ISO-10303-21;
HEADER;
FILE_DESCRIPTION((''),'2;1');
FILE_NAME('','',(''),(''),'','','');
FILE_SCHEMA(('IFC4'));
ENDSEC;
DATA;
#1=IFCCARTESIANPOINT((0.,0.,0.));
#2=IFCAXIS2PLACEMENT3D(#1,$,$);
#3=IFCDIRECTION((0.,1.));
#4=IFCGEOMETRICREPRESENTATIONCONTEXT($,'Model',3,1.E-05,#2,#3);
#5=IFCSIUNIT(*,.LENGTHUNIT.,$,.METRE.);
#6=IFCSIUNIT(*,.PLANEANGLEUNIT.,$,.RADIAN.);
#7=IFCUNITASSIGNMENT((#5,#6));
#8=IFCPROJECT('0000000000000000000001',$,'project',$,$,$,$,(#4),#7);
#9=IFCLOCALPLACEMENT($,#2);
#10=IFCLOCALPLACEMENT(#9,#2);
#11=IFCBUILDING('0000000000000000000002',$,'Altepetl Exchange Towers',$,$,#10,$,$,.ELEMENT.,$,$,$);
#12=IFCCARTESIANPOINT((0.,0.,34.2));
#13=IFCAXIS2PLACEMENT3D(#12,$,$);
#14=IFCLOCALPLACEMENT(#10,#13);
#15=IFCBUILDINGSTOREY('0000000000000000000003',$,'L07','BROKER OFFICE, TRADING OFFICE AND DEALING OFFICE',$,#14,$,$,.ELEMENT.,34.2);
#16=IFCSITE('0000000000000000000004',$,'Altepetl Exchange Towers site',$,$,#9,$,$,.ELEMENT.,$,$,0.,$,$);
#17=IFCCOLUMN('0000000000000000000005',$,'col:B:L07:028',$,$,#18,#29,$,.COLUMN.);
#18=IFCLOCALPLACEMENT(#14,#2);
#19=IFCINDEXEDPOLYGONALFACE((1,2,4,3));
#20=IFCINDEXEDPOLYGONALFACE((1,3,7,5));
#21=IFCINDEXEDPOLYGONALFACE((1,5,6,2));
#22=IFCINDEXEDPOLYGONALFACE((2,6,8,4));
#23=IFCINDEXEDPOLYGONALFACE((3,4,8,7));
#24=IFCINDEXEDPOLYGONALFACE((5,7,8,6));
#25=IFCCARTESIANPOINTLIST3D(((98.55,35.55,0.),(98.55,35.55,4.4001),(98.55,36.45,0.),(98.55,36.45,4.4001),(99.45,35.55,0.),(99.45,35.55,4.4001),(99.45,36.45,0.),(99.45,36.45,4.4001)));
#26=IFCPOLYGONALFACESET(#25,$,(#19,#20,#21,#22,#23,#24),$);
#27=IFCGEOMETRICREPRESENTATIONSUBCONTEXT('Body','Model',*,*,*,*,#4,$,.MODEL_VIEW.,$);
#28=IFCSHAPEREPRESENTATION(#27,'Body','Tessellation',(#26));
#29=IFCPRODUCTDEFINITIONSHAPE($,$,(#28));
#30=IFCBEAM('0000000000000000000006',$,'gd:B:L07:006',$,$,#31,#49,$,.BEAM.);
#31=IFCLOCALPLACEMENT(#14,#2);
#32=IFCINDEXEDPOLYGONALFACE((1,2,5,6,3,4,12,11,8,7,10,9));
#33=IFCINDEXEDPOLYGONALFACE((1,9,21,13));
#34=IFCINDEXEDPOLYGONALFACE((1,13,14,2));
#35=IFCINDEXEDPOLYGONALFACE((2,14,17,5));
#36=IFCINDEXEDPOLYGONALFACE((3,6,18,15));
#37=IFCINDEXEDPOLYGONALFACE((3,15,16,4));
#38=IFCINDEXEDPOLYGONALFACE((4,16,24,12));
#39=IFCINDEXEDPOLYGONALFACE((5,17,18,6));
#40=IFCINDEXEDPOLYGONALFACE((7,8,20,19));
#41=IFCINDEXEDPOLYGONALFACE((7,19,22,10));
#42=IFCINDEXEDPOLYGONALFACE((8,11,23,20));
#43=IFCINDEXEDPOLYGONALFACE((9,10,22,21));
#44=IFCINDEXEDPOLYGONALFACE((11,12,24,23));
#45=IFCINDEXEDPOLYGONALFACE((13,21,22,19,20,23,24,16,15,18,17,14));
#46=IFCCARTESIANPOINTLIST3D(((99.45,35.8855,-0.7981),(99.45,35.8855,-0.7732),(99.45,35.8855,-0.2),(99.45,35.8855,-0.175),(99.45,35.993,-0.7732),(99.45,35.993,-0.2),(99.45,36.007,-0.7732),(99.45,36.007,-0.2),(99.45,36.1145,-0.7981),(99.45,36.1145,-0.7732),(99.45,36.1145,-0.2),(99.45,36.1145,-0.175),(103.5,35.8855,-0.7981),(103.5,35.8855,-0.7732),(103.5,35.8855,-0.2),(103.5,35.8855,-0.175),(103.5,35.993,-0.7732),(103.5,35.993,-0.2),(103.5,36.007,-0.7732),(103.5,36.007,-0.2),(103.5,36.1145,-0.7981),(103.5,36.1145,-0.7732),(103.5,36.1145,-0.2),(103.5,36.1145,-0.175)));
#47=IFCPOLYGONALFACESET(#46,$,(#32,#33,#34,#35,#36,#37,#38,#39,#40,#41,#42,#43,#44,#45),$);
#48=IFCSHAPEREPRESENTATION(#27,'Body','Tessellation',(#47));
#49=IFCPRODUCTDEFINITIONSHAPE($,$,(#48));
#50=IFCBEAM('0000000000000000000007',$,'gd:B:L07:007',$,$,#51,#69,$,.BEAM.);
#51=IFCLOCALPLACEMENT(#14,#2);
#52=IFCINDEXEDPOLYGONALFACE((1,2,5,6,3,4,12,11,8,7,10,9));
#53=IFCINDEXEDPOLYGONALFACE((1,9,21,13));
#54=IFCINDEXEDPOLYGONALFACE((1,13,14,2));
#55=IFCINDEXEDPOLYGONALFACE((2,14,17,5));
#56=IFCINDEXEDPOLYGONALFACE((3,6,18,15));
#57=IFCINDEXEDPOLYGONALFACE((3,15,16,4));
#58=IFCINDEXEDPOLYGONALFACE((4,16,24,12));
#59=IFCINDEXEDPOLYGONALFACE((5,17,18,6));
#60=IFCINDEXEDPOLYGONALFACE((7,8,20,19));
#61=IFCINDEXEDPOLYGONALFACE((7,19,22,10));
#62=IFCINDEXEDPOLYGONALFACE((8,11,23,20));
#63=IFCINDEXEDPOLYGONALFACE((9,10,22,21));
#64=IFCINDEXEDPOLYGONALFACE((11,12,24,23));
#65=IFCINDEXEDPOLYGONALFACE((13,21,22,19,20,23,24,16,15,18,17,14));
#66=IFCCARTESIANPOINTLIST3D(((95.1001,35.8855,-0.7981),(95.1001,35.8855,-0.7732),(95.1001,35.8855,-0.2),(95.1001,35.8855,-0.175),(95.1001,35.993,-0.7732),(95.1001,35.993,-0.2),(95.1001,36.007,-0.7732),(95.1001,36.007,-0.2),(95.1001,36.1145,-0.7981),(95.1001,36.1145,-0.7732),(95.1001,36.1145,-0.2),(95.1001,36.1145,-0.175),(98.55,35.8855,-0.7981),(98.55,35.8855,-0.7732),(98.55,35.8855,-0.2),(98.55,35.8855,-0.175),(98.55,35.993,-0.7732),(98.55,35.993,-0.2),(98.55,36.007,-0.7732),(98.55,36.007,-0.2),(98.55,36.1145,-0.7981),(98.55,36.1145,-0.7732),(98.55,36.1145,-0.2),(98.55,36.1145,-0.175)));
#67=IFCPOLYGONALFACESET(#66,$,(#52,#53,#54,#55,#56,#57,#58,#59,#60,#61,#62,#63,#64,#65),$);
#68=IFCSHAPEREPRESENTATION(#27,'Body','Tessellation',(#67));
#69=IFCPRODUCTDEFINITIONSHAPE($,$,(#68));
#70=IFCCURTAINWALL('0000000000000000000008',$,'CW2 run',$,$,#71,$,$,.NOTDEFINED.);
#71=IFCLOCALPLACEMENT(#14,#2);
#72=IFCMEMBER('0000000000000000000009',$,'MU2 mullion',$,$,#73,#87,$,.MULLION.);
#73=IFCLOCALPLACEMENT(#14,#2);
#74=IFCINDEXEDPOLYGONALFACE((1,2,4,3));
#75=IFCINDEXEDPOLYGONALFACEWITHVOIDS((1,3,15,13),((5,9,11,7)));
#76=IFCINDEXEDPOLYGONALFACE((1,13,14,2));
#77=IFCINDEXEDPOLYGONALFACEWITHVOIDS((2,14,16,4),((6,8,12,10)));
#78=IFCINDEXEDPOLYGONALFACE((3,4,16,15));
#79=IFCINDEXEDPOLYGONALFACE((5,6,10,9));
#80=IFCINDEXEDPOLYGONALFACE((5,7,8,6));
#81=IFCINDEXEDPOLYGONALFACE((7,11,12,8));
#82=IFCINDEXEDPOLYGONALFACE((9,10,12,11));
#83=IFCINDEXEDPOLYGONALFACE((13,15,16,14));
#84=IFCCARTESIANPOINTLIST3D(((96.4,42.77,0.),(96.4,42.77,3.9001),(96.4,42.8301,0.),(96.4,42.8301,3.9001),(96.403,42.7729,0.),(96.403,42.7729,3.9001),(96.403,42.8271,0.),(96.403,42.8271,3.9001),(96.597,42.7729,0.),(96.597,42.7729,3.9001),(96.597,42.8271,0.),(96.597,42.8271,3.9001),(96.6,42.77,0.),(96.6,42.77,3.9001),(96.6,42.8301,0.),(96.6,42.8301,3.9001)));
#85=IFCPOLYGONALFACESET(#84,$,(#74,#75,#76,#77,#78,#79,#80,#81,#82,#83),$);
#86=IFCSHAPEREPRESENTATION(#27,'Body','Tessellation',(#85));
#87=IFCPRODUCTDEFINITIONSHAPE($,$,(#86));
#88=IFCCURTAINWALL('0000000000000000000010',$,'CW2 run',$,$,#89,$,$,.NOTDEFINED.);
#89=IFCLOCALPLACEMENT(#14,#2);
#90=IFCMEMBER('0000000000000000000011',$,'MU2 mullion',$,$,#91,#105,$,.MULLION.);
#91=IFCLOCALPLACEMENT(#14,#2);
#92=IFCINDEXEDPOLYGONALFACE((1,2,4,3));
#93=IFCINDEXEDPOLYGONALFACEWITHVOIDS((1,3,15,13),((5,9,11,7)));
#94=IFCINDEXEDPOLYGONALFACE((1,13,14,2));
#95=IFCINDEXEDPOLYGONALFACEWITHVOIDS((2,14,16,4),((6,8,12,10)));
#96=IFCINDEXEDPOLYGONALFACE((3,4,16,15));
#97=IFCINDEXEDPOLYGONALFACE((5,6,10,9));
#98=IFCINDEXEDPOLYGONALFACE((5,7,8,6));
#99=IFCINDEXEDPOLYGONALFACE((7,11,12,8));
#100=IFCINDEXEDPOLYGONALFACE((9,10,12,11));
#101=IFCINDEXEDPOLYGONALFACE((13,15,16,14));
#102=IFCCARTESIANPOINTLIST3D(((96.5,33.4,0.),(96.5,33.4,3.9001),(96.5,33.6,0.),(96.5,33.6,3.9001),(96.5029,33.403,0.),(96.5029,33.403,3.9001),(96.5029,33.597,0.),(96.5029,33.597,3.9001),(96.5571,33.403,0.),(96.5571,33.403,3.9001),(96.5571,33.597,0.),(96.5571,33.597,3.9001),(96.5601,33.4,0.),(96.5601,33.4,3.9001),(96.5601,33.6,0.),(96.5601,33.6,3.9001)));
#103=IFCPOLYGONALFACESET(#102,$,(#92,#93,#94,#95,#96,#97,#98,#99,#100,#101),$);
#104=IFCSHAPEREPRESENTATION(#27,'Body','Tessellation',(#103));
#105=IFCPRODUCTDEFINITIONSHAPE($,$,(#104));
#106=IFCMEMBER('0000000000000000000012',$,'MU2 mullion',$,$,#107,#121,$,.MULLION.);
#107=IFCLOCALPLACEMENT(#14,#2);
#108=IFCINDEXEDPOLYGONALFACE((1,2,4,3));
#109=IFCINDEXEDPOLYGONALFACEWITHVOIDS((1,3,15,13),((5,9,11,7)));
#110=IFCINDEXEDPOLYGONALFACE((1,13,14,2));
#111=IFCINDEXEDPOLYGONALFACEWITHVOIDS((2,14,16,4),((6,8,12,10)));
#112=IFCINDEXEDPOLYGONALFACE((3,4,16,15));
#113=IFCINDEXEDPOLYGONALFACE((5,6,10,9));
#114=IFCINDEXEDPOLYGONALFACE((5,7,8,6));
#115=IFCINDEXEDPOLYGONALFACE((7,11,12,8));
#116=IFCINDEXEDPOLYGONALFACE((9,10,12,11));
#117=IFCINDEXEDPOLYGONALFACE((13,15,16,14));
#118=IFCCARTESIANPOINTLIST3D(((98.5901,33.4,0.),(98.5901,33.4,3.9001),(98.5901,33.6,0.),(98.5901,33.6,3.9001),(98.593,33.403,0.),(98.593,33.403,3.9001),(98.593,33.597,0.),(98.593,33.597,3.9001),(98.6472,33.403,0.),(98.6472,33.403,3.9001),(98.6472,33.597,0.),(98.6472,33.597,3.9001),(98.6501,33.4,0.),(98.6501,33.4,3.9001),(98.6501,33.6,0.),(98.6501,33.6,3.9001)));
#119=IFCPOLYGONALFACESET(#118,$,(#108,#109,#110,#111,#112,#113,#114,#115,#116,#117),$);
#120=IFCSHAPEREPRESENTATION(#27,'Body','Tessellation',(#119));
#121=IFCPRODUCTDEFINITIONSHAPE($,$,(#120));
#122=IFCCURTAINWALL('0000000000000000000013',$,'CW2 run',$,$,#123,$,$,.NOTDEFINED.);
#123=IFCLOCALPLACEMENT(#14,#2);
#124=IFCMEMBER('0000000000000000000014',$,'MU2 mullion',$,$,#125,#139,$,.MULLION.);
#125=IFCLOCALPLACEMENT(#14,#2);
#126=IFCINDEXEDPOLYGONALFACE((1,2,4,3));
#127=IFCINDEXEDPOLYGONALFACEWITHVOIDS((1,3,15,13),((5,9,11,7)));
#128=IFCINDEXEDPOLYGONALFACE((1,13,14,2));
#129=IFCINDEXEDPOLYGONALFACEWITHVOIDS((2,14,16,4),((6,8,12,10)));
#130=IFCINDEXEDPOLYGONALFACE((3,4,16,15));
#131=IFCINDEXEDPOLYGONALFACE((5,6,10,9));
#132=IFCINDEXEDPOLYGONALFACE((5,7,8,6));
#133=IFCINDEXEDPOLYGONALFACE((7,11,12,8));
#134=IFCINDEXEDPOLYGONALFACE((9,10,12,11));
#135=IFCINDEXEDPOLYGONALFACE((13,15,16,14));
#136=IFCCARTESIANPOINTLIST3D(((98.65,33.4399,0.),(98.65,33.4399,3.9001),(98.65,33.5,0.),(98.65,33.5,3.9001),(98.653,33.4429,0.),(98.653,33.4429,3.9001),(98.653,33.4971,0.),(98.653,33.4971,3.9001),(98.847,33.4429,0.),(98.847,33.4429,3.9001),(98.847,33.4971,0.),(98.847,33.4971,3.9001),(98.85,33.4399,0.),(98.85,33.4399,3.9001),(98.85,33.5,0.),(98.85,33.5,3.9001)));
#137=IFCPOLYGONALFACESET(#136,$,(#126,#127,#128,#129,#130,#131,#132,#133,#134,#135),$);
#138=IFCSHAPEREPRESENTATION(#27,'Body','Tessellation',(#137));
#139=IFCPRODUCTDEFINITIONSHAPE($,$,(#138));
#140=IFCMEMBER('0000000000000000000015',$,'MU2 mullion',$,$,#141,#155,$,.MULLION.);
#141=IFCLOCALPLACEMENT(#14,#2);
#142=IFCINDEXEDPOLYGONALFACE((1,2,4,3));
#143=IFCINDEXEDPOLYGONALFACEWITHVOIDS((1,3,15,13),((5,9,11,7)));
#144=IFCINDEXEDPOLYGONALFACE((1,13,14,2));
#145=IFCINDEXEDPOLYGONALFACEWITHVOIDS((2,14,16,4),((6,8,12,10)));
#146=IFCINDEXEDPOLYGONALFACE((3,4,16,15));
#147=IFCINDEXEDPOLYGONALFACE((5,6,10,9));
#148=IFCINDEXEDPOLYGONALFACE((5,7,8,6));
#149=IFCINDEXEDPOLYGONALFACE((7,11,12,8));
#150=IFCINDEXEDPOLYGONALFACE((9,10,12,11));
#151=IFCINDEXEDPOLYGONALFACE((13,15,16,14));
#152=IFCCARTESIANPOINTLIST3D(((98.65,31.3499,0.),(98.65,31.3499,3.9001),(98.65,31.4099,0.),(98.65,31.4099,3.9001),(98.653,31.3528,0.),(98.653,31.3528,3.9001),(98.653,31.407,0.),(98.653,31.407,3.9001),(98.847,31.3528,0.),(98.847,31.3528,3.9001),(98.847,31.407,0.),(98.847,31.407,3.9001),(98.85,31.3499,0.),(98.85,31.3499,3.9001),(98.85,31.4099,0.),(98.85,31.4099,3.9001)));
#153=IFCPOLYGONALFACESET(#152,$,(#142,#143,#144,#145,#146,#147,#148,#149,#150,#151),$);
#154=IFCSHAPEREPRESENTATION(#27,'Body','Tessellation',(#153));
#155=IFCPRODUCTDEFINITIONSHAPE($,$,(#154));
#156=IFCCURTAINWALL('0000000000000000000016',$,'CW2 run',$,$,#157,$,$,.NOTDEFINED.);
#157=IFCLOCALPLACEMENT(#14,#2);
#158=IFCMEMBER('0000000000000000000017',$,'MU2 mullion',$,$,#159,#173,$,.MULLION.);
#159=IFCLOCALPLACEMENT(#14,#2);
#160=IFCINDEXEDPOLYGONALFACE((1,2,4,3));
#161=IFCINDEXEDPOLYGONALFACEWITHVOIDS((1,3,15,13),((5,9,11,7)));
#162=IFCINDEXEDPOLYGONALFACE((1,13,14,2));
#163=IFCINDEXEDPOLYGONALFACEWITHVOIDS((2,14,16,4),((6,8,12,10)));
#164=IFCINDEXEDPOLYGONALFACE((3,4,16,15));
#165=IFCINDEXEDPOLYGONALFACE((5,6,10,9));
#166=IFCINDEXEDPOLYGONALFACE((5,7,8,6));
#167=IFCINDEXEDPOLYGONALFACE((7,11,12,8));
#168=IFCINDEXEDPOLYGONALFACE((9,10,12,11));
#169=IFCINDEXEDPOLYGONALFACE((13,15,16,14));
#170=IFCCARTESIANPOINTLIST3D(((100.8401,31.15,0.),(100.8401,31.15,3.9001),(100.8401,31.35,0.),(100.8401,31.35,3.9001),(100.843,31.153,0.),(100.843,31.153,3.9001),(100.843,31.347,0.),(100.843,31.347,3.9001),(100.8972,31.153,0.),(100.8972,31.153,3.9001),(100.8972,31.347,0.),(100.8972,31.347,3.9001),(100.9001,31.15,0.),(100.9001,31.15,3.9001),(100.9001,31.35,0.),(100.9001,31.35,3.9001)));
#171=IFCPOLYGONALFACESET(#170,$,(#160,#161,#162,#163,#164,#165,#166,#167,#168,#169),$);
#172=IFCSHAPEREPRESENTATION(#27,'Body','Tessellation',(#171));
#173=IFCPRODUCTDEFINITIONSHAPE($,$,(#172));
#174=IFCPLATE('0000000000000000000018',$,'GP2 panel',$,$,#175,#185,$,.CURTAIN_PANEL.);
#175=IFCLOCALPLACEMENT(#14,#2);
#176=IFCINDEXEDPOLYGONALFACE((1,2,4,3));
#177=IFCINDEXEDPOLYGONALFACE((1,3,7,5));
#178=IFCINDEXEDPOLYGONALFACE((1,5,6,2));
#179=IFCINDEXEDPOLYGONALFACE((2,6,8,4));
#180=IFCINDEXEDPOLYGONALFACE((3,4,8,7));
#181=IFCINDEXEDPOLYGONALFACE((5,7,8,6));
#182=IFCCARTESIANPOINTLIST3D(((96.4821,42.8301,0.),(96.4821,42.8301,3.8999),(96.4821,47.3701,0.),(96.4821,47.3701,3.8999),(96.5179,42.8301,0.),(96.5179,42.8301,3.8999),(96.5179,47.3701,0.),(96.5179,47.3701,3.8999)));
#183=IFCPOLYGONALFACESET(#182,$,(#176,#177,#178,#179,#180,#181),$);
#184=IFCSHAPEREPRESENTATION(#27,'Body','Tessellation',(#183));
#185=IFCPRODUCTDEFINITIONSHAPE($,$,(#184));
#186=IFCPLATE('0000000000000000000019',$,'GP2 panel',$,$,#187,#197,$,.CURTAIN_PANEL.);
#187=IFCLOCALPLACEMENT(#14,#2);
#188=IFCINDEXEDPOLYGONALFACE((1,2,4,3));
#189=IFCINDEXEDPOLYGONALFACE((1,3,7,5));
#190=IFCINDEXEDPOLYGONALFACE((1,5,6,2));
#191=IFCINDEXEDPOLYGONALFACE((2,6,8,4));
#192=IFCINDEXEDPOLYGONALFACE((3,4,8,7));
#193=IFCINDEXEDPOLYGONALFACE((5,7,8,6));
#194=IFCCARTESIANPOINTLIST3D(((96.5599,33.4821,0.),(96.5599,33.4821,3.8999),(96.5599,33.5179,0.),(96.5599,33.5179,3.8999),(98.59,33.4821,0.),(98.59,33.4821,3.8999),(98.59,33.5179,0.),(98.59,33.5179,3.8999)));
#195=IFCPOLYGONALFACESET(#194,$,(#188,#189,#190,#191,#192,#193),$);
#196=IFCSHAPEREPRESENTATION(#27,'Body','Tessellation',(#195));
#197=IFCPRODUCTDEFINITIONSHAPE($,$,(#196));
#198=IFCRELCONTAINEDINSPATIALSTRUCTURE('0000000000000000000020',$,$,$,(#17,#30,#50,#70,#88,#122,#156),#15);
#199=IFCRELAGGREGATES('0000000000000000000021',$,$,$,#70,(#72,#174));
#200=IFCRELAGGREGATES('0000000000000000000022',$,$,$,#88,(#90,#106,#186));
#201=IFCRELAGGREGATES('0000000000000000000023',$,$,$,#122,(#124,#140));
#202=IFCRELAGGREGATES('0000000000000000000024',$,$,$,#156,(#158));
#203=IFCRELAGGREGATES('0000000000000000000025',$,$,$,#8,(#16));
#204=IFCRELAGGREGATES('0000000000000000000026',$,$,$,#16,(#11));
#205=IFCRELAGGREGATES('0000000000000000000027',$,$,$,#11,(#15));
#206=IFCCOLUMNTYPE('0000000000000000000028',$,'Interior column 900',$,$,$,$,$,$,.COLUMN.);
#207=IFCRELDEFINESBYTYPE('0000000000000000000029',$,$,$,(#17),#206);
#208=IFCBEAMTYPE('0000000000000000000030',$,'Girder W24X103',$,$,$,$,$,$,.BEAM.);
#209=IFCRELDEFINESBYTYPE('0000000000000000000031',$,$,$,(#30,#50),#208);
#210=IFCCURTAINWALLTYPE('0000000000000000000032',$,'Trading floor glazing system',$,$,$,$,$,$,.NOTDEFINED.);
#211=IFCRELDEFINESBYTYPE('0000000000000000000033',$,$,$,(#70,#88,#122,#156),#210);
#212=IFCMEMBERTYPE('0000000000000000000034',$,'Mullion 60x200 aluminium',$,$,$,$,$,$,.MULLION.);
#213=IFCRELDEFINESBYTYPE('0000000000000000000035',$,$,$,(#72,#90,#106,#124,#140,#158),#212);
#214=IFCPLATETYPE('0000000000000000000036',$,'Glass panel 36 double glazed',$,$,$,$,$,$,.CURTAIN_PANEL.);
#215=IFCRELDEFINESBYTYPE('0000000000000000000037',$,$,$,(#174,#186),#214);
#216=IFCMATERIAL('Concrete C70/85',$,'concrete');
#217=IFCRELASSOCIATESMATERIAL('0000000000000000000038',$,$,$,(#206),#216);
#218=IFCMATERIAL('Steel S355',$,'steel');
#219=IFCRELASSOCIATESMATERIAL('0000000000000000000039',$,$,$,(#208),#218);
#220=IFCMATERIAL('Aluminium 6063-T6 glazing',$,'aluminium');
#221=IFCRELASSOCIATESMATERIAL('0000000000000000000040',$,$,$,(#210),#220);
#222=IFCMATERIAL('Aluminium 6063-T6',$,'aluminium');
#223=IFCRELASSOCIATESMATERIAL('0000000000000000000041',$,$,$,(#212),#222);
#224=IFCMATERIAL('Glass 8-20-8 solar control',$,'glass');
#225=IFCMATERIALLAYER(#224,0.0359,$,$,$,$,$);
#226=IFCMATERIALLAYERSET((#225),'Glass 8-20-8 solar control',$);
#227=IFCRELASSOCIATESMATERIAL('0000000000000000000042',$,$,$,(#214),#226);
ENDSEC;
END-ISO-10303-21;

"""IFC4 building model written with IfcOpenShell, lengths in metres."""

from ifc_helpers import new_model, si_unit, direction, frame, origin, origin_2d, place, context, subcontext, project, spatial, rectangle, hollow_rectangle, i_section, extrude, material, layer, layer_set, material_profile, profile_set, type_object, element, aggregate, save


model = new_model("IFC4")

# Units and contexts
model_context = context("Model", 3, precision=1e-05, world=origin(), true_north=direction((0.0, 1.0)))
body_context = subcontext(model_context, "Body", "Model", "MODEL_VIEW")
ifc_project = project(units=[si_unit("LENGTHUNIT", "METRE"), si_unit("PLANEANGLEUNIT", "RADIAN")], contexts=[model_context])

# Site, building, storey
site_placement = place(None, origin())
site = spatial("IfcSite", under=ifc_project, at=site_placement, Name="Altepetl Exchange Towers site", CompositionType="ELEMENT", RefElevation=0.0)
building_placement = place(site_placement, origin())
building = spatial("IfcBuilding", under=site, at=building_placement, Name="Altepetl Exchange Towers", CompositionType="ELEMENT")
storey_placement = place(building_placement, frame((0.0, 0.0, 34.2)))
storey = spatial("IfcBuildingStorey", under=building, at=storey_placement, Name="L07", Description="BROKER OFFICE, TRADING OFFICE AND DEALING OFFICE", CompositionType="ELEMENT", Elevation=34.2)

# Column
ifc_material_1 = material(Name="Concrete C70/85", Category="concrete")
ifc_material_profile_1 = material_profile(ifc_material_1, rectangle(XDim=0.8999, YDim=0.8999, at=origin_2d()), Name="900 x 900")
ifc_profile_set_1 = profile_set([ifc_material_profile_1], Name="Concrete C70/85")
column_type = type_object("IfcColumnType", Name="Interior column 900", PredefinedType="COLUMN", material=ifc_profile_set_1)
column_placement = place(storey_placement, frame((99.0, 36.0, 0.0)))
element("IfcColumn", 1, at=column_placement, inside=storey, type_object=column_type, Name="col:B:L07:028", PredefinedType="COLUMN", context=body_context, shape_type="SweptSolid", body=[
    extrude(rectangle(XDim=0.8999, YDim=0.8999, at=origin_2d()), origin(), (0.0, 0.0, 1.0), 4.4001),
])

# Beams
ifc_material_2 = material(Name="Steel S355", Category="steel")
ifc_material_profile_2 = material_profile(ifc_material_2, i_section(OverallWidth=0.229, OverallDepth=0.623, WebThickness=0.0139, FlangeThickness=0.0249, at=origin_2d()), Name="W24X103")
ifc_profile_set_2 = profile_set([ifc_material_profile_2], Name="Steel S355")
beam_type = type_object("IfcBeamType", Name="Girder W24X103", PredefinedType="BEAM", material=ifc_profile_set_2)
beam_1_placement = place(storey_placement, frame((103.5, 36.0, -0.4866), z_axis=(-1.0, 0.0, 0.0), x_axis=(0.0, -1.0, 0.0)))
element("IfcBeam", 2, at=beam_1_placement, inside=storey, type_object=beam_type, Name="gd:B:L07:006", PredefinedType="BEAM", context=body_context, shape_type="SweptSolid", body=[
    extrude(i_section(OverallWidth=0.229, OverallDepth=0.623, WebThickness=0.0139, FlangeThickness=0.0249, at=origin_2d()), origin(), (0.0, 0.0, 1.0), 4.05),
])
beam_2_placement = place(storey_placement, frame((98.55, 36.0, -0.4866), z_axis=(-1.0, 0.0, 0.0), x_axis=(0.0, -1.0, 0.0)))
element("IfcBeam", 3, at=beam_2_placement, inside=storey, type_object=beam_type, Name="gd:B:L07:007", PredefinedType="BEAM", context=body_context, shape_type="SweptSolid", body=[
    extrude(i_section(OverallWidth=0.229, OverallDepth=0.623, WebThickness=0.0139, FlangeThickness=0.0249, at=origin_2d()), origin(), (0.0, 0.0, 1.0), 3.45),
])

# Curtain wall, member
ifc_material_3 = material(Name="Aluminium 6063-T6 glazing", Category="aluminium")
curtain_wall_type = type_object("IfcCurtainWallType", Name="Trading floor glazing system", PredefinedType="NOTDEFINED", material=ifc_material_3)
curtain_wall_1_placement = place(storey_placement, origin())
curtain_wall_1 = element("IfcCurtainWall", 4, at=curtain_wall_1_placement, inside=storey, type_object=curtain_wall_type, Name="CW2 run", PredefinedType="NOTDEFINED")
ifc_material_4 = material(Name="Aluminium 6063-T6", Category="aluminium")
ifc_material_profile_3 = material_profile(ifc_material_4, hollow_rectangle(XDim=0.0601, YDim=0.2, WallThickness=0.0029, at=origin_2d()), Name="Mullion 60x200 aluminium")
ifc_profile_set_3 = profile_set([ifc_material_profile_3], Name="Aluminium 6063-T6")
member_type = type_object("IfcMemberType", Name="Mullion 60x200 aluminium", PredefinedType="MULLION", material=ifc_profile_set_3)
member_1_placement = place(storey_placement, frame((96.5, 42.8, 0.0), z_axis=(0.0, 0.0, 1.0), x_axis=(0.0, -1.0, 0.0)))
member_1 = element("IfcMember", 5, at=member_1_placement, type_object=member_type, Name="MU2 mullion", PredefinedType="MULLION", context=body_context, shape_type="SweptSolid", body=[
    extrude(hollow_rectangle(XDim=0.0601, YDim=0.2, WallThickness=0.0029, at=origin_2d()), origin(), (0.0, 0.0, 1.0), 3.9001),
])

# Curtain walls, members
curtain_wall_2_placement = place(storey_placement, origin())
curtain_wall_2 = element("IfcCurtainWall", 6, at=curtain_wall_2_placement, inside=storey, type_object=curtain_wall_type, Name="CW2 run", PredefinedType="NOTDEFINED")
member_2_placement = place(storey_placement, frame((96.53, 33.5, 0.0)))
member_2 = element("IfcMember", 7, at=member_2_placement, type_object=member_type, Name="MU2 mullion", PredefinedType="MULLION", context=body_context, shape_type="SweptSolid", body=[
    extrude(hollow_rectangle(XDim=0.0601, YDim=0.2, WallThickness=0.0029, at=origin_2d()), origin(), (0.0, 0.0, 1.0), 3.9001),
])
member_3_placement = place(storey_placement, frame((98.6201, 33.5, 0.0)))
member_3 = element("IfcMember", 8, at=member_3_placement, type_object=member_type, Name="MU2 mullion", PredefinedType="MULLION", context=body_context, shape_type="SweptSolid", body=[
    extrude(hollow_rectangle(XDim=0.0601, YDim=0.2, WallThickness=0.0029, at=origin_2d()), origin(), (0.0, 0.0, 1.0), 3.9001),
])
curtain_wall_3_placement = place(storey_placement, origin())
curtain_wall_3 = element("IfcCurtainWall", 9, at=curtain_wall_3_placement, inside=storey, type_object=curtain_wall_type, Name="CW2 run", PredefinedType="NOTDEFINED")
member_4_placement = place(storey_placement, frame((98.75, 33.47, 0.0), z_axis=(0.0, 0.0, 1.0), x_axis=(0.0, -1.0, 0.0)))
member_4 = element("IfcMember", 10, at=member_4_placement, type_object=member_type, Name="MU2 mullion", PredefinedType="MULLION", context=body_context, shape_type="SweptSolid", body=[
    extrude(hollow_rectangle(XDim=0.0601, YDim=0.2, WallThickness=0.0029, at=origin_2d()), origin(), (0.0, 0.0, 1.0), 3.9001),
])
member_5_placement = place(storey_placement, frame((98.75, 31.3799, 0.0), z_axis=(0.0, 0.0, 1.0), x_axis=(0.0, -1.0, 0.0)))
member_5 = element("IfcMember", 11, at=member_5_placement, type_object=member_type, Name="MU2 mullion", PredefinedType="MULLION", context=body_context, shape_type="SweptSolid", body=[
    extrude(hollow_rectangle(XDim=0.0601, YDim=0.2, WallThickness=0.0029, at=origin_2d()), origin(), (0.0, 0.0, 1.0), 3.9001),
])

# Curtain wall, member
curtain_wall_4_placement = place(storey_placement, origin())
curtain_wall_4 = element("IfcCurtainWall", 12, at=curtain_wall_4_placement, inside=storey, type_object=curtain_wall_type, Name="CW2 run", PredefinedType="NOTDEFINED")
member_6_placement = place(storey_placement, frame((100.8701, 31.25, 0.0)))
member_6 = element("IfcMember", 13, at=member_6_placement, type_object=member_type, Name="MU2 mullion", PredefinedType="MULLION", context=body_context, shape_type="SweptSolid", body=[
    extrude(hollow_rectangle(XDim=0.0601, YDim=0.2, WallThickness=0.0029, at=origin_2d()), origin(), (0.0, 0.0, 1.0), 3.9001),
])

# Plates
ifc_material_5 = material(Name="Glass 8-20-8 solar control", Category="glass")
ifc_layer_1 = layer(ifc_material_5, 0.0359)
ifc_layer_set_1 = layer_set([ifc_layer_1], Name="Glass 8-20-8 solar control")
plate_type = type_object("IfcPlateType", Name="Glass panel 36 double glazed", PredefinedType="CURTAIN_PANEL", material=ifc_layer_set_1)
plate_1_placement = place(storey_placement, frame((96.5, 45.1001, 0.0), z_axis=(0.0, 0.0, 1.0), x_axis=(0.0, -1.0, 0.0)))
plate_1 = element("IfcPlate", 14, at=plate_1_placement, type_object=plate_type, Name="GP2 panel", PredefinedType="CURTAIN_PANEL", context=body_context, shape_type="SweptSolid", body=[
    extrude(rectangle(XDim=4.54, YDim=0.0359, at=origin_2d()), origin(), (0.0, 0.0, 1.0), 3.8999),
])
aggregate(curtain_wall_1, [member_1, plate_1])
plate_2_placement = place(storey_placement, frame((97.575, 33.5, 0.0)))
plate_2 = element("IfcPlate", 15, at=plate_2_placement, type_object=plate_type, Name="GP2 panel", PredefinedType="CURTAIN_PANEL", context=body_context, shape_type="SweptSolid", body=[
    extrude(rectangle(XDim=2.03, YDim=0.0359, at=origin_2d()), origin(), (0.0, 0.0, 1.0), 3.8999),
])
aggregate(curtain_wall_2, [member_2, member_3, plate_2])
aggregate(curtain_wall_3, [member_4, member_5])
aggregate(curtain_wall_4, [member_6])

save(model, "model.ifc")
